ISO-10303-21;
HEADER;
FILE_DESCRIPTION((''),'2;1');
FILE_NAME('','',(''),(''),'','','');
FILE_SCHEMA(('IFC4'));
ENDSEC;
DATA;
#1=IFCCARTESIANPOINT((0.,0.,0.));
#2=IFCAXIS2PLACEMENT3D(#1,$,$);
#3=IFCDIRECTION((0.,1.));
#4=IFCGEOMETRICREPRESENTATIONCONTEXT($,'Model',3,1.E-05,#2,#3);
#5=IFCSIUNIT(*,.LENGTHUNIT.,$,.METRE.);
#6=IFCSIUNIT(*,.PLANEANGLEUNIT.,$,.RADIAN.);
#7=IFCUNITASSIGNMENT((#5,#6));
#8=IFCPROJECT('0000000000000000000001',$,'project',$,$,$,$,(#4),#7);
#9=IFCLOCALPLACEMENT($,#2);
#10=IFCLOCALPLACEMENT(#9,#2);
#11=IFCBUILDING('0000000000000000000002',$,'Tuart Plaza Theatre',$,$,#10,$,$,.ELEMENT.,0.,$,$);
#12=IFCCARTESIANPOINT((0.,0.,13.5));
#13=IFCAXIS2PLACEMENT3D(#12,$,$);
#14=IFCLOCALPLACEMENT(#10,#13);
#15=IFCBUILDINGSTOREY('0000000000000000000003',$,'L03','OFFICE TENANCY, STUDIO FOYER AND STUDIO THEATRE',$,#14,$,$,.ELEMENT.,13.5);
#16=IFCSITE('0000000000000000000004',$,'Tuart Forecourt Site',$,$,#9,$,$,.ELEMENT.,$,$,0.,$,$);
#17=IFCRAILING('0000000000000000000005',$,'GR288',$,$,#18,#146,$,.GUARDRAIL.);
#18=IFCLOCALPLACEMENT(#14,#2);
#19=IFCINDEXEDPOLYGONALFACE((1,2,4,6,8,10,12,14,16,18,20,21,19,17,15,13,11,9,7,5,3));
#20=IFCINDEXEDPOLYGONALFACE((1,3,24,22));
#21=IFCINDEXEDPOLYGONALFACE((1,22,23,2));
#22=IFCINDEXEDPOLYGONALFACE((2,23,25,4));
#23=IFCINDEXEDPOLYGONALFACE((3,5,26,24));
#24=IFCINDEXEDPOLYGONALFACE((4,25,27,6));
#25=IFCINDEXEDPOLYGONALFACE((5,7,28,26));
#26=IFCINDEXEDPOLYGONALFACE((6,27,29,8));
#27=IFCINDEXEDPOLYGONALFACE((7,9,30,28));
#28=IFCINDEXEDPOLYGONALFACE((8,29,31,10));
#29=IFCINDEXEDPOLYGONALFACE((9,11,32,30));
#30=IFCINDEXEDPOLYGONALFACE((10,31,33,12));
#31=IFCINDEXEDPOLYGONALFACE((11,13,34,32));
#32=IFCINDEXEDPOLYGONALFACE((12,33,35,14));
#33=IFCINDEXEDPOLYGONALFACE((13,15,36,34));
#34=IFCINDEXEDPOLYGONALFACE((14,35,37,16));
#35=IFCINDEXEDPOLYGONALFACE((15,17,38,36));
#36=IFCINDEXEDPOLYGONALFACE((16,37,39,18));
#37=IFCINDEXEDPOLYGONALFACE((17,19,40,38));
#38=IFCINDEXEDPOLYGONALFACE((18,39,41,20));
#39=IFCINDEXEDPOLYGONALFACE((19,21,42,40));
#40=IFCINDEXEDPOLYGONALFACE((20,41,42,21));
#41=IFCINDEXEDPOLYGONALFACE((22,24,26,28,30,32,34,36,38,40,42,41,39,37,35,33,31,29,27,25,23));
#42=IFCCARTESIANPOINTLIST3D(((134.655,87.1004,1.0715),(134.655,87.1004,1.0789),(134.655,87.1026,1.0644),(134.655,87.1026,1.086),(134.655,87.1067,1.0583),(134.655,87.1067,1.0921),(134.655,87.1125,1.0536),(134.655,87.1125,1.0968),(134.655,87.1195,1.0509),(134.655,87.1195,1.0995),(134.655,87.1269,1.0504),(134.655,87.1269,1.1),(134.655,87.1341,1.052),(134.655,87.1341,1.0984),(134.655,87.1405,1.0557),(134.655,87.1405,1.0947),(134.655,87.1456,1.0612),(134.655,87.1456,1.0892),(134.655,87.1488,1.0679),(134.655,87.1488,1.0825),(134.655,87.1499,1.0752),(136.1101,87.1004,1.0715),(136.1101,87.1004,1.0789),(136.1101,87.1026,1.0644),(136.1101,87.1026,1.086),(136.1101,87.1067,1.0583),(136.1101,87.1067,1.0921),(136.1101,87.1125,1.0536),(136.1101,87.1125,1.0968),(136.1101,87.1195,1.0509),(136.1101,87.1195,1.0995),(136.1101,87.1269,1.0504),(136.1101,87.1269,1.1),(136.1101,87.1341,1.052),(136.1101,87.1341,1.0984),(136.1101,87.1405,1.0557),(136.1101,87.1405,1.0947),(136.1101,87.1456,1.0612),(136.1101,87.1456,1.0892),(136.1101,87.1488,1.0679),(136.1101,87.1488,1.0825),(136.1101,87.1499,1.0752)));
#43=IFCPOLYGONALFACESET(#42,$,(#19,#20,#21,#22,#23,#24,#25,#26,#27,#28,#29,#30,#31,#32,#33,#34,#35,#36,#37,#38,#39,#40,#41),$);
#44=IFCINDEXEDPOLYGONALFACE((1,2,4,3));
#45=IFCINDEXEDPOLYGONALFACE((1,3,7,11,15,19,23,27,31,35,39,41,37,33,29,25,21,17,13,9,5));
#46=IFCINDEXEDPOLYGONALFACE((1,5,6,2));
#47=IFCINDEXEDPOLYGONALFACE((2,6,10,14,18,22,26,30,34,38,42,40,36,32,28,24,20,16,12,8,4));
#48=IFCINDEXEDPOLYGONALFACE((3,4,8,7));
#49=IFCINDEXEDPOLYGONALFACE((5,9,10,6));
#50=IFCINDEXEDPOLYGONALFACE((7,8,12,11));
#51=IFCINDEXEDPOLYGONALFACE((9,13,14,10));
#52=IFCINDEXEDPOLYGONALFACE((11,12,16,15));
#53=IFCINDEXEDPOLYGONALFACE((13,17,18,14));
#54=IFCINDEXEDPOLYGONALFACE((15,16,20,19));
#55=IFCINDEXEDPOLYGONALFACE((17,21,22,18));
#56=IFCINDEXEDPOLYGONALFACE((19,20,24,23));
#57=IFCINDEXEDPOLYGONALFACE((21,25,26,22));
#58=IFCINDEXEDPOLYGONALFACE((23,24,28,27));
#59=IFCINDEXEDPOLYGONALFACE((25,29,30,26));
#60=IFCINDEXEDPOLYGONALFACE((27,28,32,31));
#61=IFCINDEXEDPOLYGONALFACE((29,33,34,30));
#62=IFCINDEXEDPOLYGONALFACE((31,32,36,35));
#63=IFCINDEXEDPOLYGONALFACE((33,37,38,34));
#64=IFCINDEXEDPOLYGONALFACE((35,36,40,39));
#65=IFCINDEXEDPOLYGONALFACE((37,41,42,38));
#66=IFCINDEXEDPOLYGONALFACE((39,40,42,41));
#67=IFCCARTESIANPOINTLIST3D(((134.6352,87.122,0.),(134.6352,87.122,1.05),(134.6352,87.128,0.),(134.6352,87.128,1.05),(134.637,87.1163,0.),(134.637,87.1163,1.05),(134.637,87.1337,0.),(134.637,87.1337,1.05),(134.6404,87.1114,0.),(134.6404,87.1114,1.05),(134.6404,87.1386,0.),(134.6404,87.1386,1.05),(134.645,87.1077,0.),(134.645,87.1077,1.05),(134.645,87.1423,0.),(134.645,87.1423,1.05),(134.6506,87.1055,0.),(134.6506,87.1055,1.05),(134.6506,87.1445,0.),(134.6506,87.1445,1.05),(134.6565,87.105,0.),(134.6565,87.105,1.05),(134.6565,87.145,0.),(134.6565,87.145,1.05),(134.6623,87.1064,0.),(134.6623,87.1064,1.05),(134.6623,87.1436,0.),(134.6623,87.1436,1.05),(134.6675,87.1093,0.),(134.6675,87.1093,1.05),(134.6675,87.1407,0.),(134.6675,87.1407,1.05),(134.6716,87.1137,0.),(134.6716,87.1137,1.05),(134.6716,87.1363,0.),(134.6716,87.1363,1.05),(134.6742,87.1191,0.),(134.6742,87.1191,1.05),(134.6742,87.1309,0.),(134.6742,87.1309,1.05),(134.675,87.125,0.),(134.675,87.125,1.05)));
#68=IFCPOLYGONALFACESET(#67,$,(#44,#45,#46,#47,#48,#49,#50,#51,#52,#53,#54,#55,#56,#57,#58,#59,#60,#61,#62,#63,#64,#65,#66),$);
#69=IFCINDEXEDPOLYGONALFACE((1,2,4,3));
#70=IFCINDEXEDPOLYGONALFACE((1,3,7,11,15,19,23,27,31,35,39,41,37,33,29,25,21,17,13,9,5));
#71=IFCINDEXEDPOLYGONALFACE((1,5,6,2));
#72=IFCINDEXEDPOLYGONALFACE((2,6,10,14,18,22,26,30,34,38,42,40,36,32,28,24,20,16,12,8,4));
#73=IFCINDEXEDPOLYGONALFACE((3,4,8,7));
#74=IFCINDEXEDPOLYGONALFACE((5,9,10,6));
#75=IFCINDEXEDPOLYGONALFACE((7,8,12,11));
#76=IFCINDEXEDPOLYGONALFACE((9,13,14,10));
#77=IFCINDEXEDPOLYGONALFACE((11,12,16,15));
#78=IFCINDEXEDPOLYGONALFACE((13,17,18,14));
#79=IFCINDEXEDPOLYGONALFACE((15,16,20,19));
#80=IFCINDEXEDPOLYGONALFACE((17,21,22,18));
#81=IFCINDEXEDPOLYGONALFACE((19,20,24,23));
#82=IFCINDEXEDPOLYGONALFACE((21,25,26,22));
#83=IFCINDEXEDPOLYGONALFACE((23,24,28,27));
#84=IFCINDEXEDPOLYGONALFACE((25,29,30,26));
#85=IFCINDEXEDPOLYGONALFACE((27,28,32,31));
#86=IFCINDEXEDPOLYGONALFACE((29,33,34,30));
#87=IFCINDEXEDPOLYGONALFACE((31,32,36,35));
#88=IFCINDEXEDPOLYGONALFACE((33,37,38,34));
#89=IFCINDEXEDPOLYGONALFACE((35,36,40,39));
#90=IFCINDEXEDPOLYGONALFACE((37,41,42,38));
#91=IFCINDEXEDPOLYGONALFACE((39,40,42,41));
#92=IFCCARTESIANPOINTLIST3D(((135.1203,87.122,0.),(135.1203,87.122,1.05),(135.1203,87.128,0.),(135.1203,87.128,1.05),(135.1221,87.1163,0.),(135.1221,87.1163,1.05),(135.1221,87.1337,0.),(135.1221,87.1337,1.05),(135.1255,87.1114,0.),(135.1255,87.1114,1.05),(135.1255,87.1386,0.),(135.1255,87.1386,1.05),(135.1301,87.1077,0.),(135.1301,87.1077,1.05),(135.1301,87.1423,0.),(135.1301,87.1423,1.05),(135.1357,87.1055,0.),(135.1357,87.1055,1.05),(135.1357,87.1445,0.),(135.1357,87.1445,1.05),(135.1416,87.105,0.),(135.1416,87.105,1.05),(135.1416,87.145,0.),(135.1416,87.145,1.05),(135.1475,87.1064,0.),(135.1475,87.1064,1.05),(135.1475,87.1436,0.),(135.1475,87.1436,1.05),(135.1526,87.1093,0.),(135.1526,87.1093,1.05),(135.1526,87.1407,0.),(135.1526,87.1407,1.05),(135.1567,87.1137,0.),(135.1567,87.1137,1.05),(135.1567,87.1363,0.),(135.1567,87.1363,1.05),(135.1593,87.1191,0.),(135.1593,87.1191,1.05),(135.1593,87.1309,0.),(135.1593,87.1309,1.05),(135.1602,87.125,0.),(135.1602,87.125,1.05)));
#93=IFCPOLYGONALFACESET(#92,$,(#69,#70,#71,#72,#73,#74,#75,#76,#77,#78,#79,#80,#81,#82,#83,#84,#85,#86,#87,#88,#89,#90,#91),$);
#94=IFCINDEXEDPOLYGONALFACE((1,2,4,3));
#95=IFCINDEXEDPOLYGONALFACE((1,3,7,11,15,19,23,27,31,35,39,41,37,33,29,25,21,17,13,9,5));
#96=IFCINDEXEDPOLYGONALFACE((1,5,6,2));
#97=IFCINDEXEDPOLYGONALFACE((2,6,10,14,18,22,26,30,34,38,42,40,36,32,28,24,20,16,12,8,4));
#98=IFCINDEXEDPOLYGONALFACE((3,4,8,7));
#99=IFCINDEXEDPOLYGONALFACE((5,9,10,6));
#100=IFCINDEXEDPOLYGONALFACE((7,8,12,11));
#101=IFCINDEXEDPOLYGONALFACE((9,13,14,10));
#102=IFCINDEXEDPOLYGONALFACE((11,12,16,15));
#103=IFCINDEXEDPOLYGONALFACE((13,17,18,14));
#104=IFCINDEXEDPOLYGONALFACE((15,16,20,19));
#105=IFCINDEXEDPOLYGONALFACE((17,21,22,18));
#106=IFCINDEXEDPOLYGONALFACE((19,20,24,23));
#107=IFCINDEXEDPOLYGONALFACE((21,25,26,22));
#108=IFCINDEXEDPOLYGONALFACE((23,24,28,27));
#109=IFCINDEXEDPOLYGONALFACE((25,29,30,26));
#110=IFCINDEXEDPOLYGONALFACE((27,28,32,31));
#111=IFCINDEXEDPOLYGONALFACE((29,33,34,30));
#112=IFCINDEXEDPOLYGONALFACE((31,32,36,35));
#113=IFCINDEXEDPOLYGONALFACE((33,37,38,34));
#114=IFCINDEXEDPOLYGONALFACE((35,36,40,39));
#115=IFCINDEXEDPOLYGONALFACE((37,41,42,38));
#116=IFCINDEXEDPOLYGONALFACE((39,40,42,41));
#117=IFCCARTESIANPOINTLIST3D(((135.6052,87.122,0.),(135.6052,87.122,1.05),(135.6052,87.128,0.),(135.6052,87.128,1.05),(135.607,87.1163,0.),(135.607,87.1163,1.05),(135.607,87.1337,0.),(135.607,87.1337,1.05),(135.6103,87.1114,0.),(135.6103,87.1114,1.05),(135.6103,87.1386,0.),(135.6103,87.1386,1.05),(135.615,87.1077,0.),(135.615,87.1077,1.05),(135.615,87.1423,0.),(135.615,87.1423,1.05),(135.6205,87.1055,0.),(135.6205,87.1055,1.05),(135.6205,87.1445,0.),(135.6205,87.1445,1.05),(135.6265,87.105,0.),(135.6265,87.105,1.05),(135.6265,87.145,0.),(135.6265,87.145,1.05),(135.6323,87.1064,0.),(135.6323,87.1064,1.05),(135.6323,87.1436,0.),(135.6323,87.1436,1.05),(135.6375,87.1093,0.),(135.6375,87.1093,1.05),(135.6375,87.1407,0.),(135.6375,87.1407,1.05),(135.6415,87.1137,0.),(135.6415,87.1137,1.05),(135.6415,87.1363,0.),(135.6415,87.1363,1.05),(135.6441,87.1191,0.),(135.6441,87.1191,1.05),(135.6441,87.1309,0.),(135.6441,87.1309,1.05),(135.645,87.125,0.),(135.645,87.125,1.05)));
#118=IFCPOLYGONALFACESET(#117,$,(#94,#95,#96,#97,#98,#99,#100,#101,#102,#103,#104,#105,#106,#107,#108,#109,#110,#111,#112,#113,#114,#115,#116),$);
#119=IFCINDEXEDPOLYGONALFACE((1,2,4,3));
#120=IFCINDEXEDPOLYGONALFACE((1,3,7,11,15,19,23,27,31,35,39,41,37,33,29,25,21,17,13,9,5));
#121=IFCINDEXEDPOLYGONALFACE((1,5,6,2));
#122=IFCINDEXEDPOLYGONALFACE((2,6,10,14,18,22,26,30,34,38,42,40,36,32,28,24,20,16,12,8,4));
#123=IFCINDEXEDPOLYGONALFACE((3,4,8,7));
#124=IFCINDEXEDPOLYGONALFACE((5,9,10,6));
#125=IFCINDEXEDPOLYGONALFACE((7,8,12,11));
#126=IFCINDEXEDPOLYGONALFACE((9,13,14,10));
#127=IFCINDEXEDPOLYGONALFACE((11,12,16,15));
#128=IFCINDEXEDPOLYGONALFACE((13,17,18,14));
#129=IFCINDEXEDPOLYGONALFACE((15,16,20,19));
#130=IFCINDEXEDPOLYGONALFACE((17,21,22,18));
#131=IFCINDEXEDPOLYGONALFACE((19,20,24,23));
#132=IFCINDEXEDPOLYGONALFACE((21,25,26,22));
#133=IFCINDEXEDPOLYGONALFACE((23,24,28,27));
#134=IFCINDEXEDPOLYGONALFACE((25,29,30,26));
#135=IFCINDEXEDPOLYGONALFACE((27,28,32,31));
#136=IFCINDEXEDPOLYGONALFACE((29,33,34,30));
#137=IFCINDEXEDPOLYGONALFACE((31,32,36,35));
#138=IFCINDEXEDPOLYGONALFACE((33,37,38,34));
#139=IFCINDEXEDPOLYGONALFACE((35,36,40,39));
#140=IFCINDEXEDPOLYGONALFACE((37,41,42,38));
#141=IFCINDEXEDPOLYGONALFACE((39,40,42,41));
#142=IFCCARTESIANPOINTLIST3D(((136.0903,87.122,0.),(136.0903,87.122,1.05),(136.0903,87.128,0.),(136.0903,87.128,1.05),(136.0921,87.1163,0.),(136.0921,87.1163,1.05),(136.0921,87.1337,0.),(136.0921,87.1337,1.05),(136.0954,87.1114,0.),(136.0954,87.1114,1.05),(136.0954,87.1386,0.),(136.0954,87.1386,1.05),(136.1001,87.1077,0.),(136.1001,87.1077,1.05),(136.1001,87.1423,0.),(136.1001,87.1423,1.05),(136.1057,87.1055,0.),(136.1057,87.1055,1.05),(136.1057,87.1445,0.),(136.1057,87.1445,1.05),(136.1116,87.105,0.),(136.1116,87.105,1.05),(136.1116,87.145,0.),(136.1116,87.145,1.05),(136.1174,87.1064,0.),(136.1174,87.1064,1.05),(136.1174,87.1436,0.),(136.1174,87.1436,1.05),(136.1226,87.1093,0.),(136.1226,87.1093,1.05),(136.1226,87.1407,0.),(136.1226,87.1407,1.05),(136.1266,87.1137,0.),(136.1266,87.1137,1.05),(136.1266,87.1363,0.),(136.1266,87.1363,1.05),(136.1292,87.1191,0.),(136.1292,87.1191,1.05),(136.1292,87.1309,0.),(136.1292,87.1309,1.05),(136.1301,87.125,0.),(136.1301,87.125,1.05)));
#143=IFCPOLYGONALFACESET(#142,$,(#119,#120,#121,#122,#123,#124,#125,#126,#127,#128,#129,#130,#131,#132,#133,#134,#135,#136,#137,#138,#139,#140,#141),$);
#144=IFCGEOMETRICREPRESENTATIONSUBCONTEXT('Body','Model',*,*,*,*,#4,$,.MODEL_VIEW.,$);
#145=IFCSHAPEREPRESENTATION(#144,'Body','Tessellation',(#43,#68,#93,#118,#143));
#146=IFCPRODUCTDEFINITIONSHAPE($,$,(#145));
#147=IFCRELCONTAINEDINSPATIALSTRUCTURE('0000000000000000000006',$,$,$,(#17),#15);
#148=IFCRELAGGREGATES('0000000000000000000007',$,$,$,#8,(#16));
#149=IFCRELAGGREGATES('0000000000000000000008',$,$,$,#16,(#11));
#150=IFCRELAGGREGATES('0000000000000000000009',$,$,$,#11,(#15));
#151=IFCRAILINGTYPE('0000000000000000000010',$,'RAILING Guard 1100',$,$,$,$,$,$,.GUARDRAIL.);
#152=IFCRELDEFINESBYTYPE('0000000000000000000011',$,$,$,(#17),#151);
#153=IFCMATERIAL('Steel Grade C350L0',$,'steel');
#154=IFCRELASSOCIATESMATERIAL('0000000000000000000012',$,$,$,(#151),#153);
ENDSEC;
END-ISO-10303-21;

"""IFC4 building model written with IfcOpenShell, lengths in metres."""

from ifc_helpers import new_model, si_unit, direction, frame, origin, origin_2d, place, context, subcontext, project, spatial, circle, extrude, material, type_object, element, save


model = new_model("IFC4")

# Units and contexts
model_context = context("Model", 3, precision=1e-05, world=origin(), true_north=direction((0.0, 1.0)))
body_context = subcontext(model_context, "Body", "Model", "MODEL_VIEW")
ifc_project = project(units=[si_unit("LENGTHUNIT", "METRE"), si_unit("PLANEANGLEUNIT", "RADIAN")], contexts=[model_context])

# Site, building, storey
site_placement = place(None, origin())
site = spatial("IfcSite", under=ifc_project, at=site_placement, Name="Tuart Forecourt Site", CompositionType="ELEMENT", RefElevation=0.0)
building_placement = place(site_placement, origin())
building = spatial("IfcBuilding", under=site, at=building_placement, Name="Tuart Plaza Theatre", CompositionType="ELEMENT", ElevationOfRefHeight=0.0)
storey_placement = place(building_placement, frame((0.0, 0.0, 13.5)))
storey = spatial("IfcBuildingStorey", under=building, at=storey_placement, Name="L03", Description="OFFICE TENANCY, STUDIO FOYER AND STUDIO THEATRE", CompositionType="ELEMENT", Elevation=13.5)

# Railing
ifc_material_1 = material(Name="Steel Grade C350L0", Category="steel")
railing_type_1 = type_object("IfcRailingType", Name="RAILING Guard 1100", PredefinedType="GUARDRAIL", material=ifc_material_1)
railing_1_placement = place(storey_placement, frame((134.655, 87.125, 0.0)))
element("IfcRailing", 1, at=railing_1_placement, inside=storey, type_object=railing_type_1, Name="GR288", PredefinedType="GUARDRAIL", context=body_context, shape_type="SweptSolid", body=[
    extrude(circle(Radius=0.0249, at=origin_2d()), frame((0.0, 0.0, 1.0752), z_axis=(1.0, 0.0, 0.0), x_axis=(0.0, 1.0, 0.0)), (0.0, 0.0, 1.0), 1.4551),
    extrude(circle(Radius=0.02, at=origin_2d()), origin(), (0.0, 0.0, 1.0), 1.05),
    extrude(circle(Radius=0.02, at=origin_2d()), frame((0.4851, 0.0, 0.0)), (0.0, 0.0, 1.0), 1.05),
    extrude(circle(Radius=0.02, at=origin_2d()), frame((0.97, 0.0, 0.0)), (0.0, 0.0, 1.0), 1.05),
    extrude(circle(Radius=0.02, at=origin_2d()), frame((1.4551, 0.0, 0.0)), (0.0, 0.0, 1.0), 1.05),
])

save(model, "model.ifc")
